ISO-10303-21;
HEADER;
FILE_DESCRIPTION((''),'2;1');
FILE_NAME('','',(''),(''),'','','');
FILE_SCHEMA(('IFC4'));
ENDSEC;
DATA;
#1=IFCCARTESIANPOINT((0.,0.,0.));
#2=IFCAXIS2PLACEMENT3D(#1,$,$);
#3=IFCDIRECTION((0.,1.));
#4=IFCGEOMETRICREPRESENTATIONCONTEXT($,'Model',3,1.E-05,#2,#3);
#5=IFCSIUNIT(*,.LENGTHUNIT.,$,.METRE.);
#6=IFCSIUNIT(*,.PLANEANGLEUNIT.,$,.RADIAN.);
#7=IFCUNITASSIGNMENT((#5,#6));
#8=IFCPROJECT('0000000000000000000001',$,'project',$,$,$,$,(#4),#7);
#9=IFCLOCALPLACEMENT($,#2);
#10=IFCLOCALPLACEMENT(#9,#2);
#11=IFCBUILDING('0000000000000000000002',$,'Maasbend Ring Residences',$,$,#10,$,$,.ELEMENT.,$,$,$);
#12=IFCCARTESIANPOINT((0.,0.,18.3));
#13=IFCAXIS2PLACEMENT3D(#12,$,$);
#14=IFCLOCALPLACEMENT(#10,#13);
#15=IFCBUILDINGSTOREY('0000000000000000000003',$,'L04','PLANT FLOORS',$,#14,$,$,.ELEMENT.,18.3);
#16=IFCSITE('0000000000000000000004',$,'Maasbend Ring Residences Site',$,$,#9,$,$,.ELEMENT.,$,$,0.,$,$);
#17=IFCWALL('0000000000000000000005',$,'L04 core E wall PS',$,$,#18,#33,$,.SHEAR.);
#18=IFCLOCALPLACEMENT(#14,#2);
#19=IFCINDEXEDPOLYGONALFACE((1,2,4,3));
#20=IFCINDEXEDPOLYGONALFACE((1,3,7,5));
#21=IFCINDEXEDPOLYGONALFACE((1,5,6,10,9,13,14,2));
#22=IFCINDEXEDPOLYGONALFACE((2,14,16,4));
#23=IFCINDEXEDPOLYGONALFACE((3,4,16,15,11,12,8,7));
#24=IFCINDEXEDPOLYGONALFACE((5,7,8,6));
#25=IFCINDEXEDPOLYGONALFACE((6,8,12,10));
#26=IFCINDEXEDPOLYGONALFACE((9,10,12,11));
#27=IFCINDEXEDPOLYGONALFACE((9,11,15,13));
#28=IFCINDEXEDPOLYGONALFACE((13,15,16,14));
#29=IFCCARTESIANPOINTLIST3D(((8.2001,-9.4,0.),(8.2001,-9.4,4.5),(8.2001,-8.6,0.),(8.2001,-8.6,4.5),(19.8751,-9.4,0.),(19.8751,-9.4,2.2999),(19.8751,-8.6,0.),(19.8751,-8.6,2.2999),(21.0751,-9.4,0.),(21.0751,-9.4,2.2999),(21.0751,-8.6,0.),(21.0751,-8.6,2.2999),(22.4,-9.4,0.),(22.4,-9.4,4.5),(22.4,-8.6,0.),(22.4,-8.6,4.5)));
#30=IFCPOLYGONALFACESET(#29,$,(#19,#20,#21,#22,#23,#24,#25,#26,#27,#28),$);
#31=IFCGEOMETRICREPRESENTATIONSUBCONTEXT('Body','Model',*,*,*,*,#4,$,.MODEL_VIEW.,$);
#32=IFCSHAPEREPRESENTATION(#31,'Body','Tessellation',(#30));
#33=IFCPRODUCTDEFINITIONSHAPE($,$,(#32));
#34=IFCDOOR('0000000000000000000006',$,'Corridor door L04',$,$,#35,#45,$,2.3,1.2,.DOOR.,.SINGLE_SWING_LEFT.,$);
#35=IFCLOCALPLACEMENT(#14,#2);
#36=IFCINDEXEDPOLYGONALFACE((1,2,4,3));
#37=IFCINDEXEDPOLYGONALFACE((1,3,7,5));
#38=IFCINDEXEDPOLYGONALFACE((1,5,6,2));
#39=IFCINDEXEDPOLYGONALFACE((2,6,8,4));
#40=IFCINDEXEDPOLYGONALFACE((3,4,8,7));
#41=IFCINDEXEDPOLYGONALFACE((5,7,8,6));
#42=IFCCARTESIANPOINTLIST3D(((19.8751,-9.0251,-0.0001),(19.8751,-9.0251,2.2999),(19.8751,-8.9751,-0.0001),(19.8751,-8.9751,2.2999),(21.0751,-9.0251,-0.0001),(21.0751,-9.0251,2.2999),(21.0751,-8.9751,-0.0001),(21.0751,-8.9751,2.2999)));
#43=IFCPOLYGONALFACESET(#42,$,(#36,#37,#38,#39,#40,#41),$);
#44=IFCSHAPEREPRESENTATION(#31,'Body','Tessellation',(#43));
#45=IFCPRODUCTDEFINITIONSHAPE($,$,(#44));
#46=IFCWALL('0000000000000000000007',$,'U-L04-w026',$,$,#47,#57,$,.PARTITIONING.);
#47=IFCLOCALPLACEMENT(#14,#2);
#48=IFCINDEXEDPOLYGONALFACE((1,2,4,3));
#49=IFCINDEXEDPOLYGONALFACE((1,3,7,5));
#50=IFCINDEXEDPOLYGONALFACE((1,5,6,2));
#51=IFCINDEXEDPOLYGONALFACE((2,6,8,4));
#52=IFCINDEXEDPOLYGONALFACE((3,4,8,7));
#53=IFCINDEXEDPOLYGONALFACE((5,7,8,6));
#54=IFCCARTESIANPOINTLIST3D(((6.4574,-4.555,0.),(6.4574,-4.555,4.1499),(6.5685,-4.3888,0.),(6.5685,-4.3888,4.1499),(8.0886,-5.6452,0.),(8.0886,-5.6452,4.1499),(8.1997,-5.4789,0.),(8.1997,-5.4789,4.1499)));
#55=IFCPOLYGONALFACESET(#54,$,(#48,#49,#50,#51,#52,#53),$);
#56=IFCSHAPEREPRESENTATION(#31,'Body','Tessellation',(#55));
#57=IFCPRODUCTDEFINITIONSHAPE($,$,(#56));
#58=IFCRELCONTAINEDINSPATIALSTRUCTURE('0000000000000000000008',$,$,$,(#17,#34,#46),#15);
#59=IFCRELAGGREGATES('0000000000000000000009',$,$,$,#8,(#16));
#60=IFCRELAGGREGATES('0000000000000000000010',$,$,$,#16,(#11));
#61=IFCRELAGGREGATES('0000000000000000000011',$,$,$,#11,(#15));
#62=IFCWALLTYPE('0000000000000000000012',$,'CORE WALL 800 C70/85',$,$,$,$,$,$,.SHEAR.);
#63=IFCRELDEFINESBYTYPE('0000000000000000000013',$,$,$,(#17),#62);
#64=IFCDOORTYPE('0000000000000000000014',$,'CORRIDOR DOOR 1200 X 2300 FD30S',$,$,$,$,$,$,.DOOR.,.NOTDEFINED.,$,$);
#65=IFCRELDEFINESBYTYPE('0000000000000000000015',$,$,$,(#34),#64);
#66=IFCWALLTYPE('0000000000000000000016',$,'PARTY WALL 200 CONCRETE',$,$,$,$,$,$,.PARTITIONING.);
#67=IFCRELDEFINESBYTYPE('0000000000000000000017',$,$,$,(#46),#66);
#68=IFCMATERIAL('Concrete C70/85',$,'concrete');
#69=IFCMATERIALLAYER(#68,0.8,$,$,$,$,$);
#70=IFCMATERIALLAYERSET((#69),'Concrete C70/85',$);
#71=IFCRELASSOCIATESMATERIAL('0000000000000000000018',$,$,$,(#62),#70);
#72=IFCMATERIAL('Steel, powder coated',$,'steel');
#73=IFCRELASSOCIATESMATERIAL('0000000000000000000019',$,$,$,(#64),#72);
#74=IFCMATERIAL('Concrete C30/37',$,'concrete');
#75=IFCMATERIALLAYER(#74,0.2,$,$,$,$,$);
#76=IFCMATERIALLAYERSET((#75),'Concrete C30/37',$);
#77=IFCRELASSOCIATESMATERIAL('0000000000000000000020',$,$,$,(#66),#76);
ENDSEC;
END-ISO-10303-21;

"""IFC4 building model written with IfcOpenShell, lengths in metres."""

from ifc_helpers import new_model, si_unit, direction, frame, frame_2d, origin, place, context, subcontext, project, spatial, rectangle, extrude, material, layer, layer_set, type_object, element, fill, save


model = new_model("IFC4")

# Units and contexts
model_context = context("Model", 3, precision=1e-05, world=origin(), true_north=direction((0.0, 1.0)))
body_context = subcontext(model_context, "Body", "Model", "MODEL_VIEW")
ifc_project = project(units=[si_unit("LENGTHUNIT", "METRE"), si_unit("PLANEANGLEUNIT", "RADIAN")], contexts=[model_context])

# Site, building, storey
site_placement = place(None, origin())
site = spatial("IfcSite", under=ifc_project, at=site_placement, Name="Maasbend Ring Residences Site", CompositionType="ELEMENT", RefElevation=0.0)
building_placement = place(site_placement, origin())
building = spatial("IfcBuilding", under=site, at=building_placement, Name="Maasbend Ring Residences", CompositionType="ELEMENT")
storey_placement = place(building_placement, frame((0.0, 0.0, 18.3)))
storey = spatial("IfcBuildingStorey", under=building, at=storey_placement, Name="L04", Description="PLANT FLOORS", CompositionType="ELEMENT", Elevation=18.3)

# Wall, opening, door
ifc_material_1 = material(Name="Concrete C70/85", Category="concrete")
ifc_layer_1 = layer(ifc_material_1, 0.8)
ifc_layer_set_1 = layer_set([ifc_layer_1], Name="Concrete C70/85")
wall_type_1 = type_object("IfcWallType", Name="CORE WALL 800 C70/85", PredefinedType="SHEAR", material=ifc_layer_set_1)
wall_1_placement = place(storey_placement, frame((8.2, -9.0, 0.0), z_axis=(0.0, 0.0, 1.0), x_axis=(1.0, 0.0, 0.0)))
wall_1 = element("IfcWall", 1, at=wall_1_placement, inside=storey, type_object=wall_type_1, Name="L04 core E wall PS", PredefinedType="SHEAR", context=body_context, shape_type="SweptSolid", body=[
    extrude(rectangle(XDim=14.2, YDim=0.8, at=frame_2d((7.1001, 0.0))), origin(), (0.0, 0.0, 1.0), 4.5),
])
opening_placement = place(wall_1_placement, frame((11.675, 0.0, 0.0)))
opening = element("IfcOpeningElement", 2, at=opening_placement, cuts=wall_1, PredefinedType="OPENING", context=body_context, shape_type="SweptSolid", body=[
    extrude(rectangle(XDim=1.2, YDim=2.3, at=frame_2d((0.6001, 1.1499))), frame((0.0, 0.4102, 0.0), z_axis=(0.0, -1.0, 0.0), x_axis=(1.0, 0.0, 0.0)), (0.0, 0.0, 1.0), 0.8201),
])
ifc_material_2 = material(Name="Steel, powder coated", Category="steel")
door_type = type_object("IfcDoorType", Name="CORRIDOR DOOR 1200 X 2300 FD30S", OperationType="NOTDEFINED", PredefinedType="DOOR", material=ifc_material_2)
door_placement = place(opening_placement, origin())
door = element("IfcDoor", 3, at=door_placement, inside=storey, type_object=door_type, Name="Corridor door L04", OperationType="SINGLE_SWING_LEFT", OverallHeight=2.3, OverallWidth=1.2, PredefinedType="DOOR", context=body_context, shape_type="SweptSolid", body=[
    extrude(rectangle(XDim=1.2, YDim=2.3, at=frame_2d((0.6001, 1.1499))), frame((0.0, 0.0249, 0.0), z_axis=(0.0, -1.0, 0.0), x_axis=(1.0, 0.0, 0.0)), (0.0, 0.0, 1.0), 0.05),
])
fill(opening, door)

# Wall
ifc_material_3 = material(Name="Concrete C30/37", Category="concrete")
ifc_layer_2 = layer(ifc_material_3, 0.2)
ifc_layer_set_2 = layer_set([ifc_layer_2], Name="Concrete C30/37")
wall_type_2 = type_object("IfcWallType", Name="PARTY WALL 200 CONCRETE", PredefinedType="PARTITIONING", material=ifc_layer_set_2)
wall_2_placement = place(storey_placement, frame((6.5129, -4.4719, 0.0), z_axis=(0.0, 0.0, 1.0), x_axis=(0.831418, -0.555648, 0.0)))
element("IfcWall", 4, at=wall_2_placement, inside=storey, type_object=wall_type_2, Name="U-L04-w026", PredefinedType="PARTITIONING", context=body_context, shape_type="SweptSolid", body=[
    extrude(rectangle(XDim=1.9619, YDim=0.2, at=frame_2d((0.981, 0.0))), origin(), (0.0, 0.0, 1.0), 4.1499),
])

save(model, "model.ifc")
